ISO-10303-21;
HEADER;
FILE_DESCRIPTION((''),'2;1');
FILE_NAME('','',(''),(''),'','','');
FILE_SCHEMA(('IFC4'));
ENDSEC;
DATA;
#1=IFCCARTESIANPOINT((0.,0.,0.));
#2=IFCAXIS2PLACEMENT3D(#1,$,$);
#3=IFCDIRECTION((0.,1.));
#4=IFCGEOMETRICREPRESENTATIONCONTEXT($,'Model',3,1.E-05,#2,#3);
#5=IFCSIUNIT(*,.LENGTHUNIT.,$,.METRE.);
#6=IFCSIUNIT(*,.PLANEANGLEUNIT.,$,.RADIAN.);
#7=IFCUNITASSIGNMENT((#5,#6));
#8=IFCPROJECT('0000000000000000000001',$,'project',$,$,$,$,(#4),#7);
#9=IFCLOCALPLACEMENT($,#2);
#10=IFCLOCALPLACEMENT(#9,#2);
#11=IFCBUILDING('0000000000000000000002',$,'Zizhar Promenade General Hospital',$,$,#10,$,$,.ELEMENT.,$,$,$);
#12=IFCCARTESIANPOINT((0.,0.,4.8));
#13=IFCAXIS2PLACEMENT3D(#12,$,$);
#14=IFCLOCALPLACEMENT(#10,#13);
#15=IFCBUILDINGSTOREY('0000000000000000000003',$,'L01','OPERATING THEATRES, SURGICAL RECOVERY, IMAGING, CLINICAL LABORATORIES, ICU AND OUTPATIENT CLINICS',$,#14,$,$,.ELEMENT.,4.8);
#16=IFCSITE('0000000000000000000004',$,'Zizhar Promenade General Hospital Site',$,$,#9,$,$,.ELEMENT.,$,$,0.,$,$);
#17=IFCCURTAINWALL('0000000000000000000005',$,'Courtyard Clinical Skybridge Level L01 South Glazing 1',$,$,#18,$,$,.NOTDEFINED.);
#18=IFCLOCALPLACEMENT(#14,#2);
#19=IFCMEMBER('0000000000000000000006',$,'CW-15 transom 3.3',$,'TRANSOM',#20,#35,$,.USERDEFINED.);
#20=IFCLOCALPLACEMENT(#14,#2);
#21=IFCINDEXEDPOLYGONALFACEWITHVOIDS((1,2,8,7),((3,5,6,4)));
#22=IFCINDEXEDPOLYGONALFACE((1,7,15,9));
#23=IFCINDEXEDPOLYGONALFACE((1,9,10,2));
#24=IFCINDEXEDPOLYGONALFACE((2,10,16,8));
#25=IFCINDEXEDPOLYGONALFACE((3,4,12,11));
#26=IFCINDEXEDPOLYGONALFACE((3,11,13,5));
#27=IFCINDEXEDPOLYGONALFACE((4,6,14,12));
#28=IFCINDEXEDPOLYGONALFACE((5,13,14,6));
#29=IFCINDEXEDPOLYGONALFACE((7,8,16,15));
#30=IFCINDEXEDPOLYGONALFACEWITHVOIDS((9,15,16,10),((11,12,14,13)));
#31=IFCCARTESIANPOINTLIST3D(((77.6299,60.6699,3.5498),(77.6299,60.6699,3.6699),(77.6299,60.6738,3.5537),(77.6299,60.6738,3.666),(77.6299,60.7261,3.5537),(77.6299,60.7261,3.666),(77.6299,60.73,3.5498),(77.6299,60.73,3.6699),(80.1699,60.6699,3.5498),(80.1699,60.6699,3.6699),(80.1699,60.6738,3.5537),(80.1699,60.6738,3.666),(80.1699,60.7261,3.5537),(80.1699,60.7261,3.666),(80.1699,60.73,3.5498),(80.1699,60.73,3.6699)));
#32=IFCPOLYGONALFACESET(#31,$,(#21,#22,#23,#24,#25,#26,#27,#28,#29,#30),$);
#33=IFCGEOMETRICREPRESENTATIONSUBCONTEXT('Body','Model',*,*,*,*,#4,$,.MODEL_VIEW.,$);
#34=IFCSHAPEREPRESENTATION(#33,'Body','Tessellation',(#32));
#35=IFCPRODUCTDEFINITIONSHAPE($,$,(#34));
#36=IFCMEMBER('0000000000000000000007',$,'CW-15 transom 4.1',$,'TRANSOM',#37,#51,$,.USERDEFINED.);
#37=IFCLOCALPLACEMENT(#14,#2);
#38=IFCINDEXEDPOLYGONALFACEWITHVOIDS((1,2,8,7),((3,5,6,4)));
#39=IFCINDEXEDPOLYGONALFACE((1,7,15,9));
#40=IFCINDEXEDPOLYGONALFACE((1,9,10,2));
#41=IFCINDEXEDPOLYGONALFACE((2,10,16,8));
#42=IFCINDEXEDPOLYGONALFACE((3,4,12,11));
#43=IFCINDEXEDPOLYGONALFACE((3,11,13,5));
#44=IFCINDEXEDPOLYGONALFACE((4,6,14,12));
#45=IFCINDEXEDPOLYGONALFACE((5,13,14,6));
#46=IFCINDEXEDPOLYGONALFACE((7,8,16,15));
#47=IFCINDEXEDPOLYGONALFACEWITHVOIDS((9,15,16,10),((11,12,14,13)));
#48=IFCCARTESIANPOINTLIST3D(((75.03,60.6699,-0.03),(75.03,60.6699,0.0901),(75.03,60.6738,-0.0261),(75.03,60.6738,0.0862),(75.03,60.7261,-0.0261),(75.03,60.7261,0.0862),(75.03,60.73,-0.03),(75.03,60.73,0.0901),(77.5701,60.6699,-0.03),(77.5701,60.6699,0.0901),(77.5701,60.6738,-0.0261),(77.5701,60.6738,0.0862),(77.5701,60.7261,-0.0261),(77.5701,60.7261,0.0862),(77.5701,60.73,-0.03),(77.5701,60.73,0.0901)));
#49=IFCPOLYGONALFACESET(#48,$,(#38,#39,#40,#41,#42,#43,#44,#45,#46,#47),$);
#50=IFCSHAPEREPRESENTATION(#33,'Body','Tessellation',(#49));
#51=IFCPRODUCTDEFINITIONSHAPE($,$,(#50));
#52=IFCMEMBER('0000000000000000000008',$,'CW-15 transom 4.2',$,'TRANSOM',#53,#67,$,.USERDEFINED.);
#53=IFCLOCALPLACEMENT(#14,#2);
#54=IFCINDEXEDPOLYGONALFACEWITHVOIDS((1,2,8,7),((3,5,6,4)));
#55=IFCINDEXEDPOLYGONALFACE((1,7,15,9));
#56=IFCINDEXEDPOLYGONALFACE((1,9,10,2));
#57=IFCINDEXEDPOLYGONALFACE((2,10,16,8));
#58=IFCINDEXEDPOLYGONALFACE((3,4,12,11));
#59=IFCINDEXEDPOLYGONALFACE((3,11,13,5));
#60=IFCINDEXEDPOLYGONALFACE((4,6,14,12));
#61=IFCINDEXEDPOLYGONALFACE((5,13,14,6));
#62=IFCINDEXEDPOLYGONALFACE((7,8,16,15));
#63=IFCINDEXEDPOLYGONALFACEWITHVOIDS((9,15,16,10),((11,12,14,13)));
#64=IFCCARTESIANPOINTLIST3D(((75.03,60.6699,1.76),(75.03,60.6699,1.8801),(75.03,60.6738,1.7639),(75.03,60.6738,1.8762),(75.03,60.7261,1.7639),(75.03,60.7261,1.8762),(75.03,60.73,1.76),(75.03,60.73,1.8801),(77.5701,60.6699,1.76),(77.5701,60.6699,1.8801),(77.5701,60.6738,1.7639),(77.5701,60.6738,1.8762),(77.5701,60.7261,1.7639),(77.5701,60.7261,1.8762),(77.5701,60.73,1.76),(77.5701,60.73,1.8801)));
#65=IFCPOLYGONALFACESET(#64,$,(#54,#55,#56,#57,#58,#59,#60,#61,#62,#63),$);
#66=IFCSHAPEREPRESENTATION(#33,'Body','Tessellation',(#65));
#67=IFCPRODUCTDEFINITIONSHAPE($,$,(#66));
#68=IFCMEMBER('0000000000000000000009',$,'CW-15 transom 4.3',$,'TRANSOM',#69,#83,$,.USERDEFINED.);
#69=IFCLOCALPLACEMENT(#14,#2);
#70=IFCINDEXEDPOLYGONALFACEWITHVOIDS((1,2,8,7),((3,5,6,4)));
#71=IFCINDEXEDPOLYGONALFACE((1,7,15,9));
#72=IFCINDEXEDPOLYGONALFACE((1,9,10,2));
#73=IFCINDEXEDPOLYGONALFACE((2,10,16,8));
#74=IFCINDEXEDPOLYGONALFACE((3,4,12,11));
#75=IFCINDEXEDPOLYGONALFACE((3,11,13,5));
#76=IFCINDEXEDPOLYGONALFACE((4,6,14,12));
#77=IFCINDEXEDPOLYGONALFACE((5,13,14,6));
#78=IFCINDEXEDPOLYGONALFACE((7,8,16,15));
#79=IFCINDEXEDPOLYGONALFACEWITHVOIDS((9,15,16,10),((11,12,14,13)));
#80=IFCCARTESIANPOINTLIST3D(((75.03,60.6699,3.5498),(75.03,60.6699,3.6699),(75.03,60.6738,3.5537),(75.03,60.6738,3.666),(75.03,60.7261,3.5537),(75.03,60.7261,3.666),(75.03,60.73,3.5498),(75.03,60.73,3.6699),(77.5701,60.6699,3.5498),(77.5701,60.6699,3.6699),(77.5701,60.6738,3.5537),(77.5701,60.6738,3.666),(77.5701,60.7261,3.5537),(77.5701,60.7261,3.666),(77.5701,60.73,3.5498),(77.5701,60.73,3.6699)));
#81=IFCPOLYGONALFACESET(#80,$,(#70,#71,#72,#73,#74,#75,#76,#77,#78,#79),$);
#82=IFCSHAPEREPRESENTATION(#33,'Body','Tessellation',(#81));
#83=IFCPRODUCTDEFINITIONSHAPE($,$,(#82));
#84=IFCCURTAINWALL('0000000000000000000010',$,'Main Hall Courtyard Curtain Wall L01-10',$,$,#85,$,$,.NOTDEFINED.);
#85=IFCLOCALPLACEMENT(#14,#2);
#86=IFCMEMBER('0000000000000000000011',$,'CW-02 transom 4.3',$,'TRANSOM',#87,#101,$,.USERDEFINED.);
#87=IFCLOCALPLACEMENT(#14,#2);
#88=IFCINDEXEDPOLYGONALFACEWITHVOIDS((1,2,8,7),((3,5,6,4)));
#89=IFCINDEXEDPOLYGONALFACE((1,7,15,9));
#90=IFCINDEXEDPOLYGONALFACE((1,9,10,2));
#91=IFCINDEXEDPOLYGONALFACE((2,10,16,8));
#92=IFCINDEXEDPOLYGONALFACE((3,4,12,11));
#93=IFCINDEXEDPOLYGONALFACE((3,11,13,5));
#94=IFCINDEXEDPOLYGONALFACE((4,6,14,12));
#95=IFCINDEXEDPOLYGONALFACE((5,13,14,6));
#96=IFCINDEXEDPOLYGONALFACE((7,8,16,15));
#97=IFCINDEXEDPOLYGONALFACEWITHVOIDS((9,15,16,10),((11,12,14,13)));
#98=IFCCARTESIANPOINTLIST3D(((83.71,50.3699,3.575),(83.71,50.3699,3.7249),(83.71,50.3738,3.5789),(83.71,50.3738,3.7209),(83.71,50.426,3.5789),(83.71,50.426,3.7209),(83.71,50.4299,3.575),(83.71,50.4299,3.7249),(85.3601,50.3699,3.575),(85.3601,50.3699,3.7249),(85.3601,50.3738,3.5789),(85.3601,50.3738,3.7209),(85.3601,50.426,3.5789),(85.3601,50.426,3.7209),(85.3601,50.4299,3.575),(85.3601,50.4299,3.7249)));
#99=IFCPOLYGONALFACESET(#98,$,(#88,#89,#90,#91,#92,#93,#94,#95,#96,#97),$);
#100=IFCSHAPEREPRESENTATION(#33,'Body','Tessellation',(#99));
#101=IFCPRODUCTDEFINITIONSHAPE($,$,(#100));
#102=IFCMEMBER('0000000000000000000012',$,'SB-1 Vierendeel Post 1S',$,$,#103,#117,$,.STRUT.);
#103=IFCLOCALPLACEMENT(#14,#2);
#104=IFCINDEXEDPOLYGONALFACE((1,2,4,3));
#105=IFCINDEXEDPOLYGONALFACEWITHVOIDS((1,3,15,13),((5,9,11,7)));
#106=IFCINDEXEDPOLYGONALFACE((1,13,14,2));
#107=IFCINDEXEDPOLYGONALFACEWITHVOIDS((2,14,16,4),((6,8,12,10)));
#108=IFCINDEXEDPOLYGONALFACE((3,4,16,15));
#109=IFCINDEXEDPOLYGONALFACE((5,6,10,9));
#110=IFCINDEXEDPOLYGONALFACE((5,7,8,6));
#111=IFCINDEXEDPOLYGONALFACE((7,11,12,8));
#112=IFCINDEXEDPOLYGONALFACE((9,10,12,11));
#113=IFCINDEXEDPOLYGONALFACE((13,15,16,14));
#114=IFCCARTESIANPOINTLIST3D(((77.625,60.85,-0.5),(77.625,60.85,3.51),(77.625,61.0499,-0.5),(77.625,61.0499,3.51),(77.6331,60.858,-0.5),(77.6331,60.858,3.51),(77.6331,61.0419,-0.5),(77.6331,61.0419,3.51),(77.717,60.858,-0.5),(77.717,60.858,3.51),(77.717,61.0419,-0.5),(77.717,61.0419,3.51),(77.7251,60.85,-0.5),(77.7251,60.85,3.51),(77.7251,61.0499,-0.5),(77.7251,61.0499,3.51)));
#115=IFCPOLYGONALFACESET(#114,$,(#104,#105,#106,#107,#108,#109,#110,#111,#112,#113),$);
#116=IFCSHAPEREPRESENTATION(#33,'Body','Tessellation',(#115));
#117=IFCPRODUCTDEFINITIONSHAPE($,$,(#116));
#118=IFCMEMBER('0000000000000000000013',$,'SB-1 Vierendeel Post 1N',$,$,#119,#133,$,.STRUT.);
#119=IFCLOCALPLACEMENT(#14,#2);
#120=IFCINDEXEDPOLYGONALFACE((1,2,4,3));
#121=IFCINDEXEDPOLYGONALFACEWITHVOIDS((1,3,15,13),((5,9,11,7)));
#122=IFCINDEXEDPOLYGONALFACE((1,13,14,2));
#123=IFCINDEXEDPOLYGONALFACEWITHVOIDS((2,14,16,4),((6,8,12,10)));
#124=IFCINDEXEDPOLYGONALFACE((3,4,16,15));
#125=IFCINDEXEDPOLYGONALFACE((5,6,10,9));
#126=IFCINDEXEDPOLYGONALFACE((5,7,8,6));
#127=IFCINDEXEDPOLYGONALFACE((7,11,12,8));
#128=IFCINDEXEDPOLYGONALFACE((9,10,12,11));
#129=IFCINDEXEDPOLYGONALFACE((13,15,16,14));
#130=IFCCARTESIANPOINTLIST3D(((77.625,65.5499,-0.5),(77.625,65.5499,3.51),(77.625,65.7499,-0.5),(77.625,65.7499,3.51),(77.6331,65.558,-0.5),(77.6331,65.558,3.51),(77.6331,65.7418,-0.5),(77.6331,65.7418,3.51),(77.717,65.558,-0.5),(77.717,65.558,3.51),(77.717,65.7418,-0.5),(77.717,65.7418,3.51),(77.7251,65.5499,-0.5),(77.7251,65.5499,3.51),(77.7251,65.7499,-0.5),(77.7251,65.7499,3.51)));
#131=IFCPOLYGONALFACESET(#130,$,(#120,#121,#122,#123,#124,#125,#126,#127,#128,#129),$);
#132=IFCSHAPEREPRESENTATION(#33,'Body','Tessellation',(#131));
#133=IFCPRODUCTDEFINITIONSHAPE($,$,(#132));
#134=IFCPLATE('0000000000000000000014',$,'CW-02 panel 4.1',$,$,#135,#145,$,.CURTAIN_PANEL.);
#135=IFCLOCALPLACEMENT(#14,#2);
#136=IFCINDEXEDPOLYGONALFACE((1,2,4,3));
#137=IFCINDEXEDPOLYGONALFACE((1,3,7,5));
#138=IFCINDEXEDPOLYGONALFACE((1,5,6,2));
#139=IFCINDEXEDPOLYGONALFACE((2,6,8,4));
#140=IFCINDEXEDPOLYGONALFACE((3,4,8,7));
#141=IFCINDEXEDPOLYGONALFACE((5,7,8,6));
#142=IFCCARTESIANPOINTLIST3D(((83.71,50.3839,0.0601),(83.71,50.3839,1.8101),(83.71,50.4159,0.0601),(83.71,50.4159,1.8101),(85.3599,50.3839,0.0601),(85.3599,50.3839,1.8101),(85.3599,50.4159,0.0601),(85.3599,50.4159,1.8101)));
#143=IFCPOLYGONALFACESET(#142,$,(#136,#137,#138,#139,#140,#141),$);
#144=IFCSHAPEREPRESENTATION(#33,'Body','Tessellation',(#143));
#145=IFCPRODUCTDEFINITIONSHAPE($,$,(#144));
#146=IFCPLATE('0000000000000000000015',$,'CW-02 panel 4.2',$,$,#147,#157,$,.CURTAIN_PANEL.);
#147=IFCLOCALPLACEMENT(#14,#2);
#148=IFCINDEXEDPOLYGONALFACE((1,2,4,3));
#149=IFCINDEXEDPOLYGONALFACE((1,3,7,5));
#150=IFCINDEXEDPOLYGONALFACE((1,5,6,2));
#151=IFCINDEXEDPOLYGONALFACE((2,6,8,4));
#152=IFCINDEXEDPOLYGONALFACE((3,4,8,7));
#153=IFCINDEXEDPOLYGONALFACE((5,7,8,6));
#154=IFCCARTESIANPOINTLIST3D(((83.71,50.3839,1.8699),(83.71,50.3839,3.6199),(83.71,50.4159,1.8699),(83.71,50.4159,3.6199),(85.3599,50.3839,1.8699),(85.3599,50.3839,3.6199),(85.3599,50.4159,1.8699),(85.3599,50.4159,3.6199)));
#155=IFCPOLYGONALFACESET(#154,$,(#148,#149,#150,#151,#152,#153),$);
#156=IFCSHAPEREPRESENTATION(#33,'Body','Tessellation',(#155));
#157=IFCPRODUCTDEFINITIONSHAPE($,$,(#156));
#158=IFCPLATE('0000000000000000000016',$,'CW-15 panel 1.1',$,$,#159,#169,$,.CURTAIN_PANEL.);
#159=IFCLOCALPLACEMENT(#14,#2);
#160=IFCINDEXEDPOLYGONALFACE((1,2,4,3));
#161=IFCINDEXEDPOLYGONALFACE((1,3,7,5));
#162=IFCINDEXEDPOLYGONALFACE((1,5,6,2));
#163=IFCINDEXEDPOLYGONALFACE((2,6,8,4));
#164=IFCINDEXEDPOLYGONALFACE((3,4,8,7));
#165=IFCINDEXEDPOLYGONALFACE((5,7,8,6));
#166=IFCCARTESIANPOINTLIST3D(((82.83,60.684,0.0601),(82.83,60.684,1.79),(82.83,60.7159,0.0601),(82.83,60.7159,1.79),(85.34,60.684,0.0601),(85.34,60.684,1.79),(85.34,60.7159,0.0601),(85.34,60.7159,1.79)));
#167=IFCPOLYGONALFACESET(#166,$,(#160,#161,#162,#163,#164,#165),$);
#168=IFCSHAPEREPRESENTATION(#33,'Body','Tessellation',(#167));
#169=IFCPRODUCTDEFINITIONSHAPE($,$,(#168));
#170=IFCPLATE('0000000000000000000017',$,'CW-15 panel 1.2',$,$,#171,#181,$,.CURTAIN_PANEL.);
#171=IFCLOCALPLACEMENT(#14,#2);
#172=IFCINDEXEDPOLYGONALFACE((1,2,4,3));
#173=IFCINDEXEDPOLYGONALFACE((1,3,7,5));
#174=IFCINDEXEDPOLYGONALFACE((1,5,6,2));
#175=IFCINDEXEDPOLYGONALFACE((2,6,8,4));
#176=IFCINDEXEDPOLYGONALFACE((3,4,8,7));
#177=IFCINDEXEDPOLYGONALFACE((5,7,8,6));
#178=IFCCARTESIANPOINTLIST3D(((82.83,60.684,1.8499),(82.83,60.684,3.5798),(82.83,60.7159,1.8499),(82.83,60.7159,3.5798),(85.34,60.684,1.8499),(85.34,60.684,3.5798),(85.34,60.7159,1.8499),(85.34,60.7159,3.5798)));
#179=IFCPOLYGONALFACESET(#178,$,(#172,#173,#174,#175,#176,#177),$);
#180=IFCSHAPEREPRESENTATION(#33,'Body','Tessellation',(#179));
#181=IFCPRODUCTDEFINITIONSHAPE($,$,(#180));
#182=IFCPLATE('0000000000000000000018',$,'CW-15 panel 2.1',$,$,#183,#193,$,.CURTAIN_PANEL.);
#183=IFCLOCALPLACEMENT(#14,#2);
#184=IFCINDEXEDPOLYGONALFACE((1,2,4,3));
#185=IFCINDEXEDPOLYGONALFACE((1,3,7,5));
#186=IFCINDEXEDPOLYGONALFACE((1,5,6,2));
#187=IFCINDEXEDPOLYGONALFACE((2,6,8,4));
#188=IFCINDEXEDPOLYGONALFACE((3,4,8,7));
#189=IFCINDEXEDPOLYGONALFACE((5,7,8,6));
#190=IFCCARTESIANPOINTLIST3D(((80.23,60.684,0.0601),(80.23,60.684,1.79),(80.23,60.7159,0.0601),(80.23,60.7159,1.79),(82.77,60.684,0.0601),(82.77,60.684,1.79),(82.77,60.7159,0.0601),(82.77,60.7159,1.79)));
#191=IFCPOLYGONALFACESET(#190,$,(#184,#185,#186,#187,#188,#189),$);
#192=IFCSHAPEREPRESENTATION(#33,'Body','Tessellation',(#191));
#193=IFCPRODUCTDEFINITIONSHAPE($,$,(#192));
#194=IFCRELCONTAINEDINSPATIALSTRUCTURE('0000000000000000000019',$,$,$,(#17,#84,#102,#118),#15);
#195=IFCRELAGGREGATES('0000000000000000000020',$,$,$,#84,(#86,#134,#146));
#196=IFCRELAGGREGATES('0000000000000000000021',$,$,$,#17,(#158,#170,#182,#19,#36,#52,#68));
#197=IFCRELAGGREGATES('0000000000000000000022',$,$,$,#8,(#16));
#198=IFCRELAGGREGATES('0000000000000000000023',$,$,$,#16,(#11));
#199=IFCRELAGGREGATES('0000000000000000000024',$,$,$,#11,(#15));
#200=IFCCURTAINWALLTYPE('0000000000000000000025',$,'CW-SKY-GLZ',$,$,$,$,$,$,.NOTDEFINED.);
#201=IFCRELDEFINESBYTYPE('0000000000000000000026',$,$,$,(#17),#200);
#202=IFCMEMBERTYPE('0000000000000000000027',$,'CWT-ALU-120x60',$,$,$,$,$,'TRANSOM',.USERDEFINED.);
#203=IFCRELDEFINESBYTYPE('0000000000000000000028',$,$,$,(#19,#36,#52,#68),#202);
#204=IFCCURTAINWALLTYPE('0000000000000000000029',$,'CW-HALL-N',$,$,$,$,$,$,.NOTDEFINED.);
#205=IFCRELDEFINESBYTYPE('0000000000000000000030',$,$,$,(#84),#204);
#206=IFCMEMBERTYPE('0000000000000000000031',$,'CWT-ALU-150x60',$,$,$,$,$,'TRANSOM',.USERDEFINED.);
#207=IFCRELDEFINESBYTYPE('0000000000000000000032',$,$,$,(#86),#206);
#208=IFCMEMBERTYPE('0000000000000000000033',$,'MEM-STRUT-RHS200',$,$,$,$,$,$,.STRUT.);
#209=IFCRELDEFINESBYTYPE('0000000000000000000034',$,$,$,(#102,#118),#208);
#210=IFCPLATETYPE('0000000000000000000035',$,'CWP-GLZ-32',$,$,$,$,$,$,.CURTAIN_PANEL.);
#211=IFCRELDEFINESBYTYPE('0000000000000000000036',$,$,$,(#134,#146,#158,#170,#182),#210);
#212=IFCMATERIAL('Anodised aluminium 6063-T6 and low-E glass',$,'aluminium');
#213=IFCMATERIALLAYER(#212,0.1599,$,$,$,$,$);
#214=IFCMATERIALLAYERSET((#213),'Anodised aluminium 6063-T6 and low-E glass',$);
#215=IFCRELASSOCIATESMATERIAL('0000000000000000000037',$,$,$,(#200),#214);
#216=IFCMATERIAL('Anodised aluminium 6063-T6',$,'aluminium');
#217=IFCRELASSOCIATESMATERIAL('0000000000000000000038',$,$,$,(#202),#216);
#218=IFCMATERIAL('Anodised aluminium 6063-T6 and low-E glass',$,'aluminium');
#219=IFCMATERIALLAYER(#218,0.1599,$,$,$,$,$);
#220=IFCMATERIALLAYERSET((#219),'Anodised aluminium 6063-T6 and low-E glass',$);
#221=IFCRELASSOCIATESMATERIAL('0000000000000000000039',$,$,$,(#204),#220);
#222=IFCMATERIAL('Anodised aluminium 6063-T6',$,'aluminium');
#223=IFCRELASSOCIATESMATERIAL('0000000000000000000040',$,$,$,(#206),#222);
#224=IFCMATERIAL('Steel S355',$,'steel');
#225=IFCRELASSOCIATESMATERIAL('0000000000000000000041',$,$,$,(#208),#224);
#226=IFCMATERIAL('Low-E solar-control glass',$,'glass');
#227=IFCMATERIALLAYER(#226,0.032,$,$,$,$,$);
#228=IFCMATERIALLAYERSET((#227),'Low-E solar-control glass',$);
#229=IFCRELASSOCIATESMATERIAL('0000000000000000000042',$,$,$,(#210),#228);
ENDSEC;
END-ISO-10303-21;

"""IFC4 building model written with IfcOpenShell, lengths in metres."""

from ifc_helpers import new_model, si_unit, direction, frame, origin, origin_2d, place, context, subcontext, project, spatial, rectangle, hollow_rectangle, extrude, material, layer, layer_set, material_profile, profile_set, type_object, element, aggregate, save


model = new_model("IFC4")

# Units and contexts
model_context = context("Model", 3, precision=1e-05, world=origin(), true_north=direction((0.0, 1.0)))
body_context = subcontext(model_context, "Body", "Model", "MODEL_VIEW")
ifc_project = project(units=[si_unit("LENGTHUNIT", "METRE"), si_unit("PLANEANGLEUNIT", "RADIAN")], contexts=[model_context])

# Site, building, storey
site_placement = place(None, origin())
site = spatial("IfcSite", under=ifc_project, at=site_placement, Name="Zizhar Promenade General Hospital Site", CompositionType="ELEMENT", RefElevation=0.0)
building_placement = place(site_placement, origin())
building = spatial("IfcBuilding", under=site, at=building_placement, Name="Zizhar Promenade General Hospital", CompositionType="ELEMENT")
storey_placement = place(building_placement, frame((0.0, 0.0, 4.8)))
storey = spatial("IfcBuildingStorey", under=building, at=storey_placement, Name="L01", Description="OPERATING THEATRES, SURGICAL RECOVERY, IMAGING, CLINICAL LABORATORIES, ICU AND OUTPATIENT CLINICS", CompositionType="ELEMENT", Elevation=4.8)

# Curtain wall, members
ifc_material_1 = material(Name="Anodised aluminium 6063-T6 and low-E glass", Category="aluminium")
ifc_layer_1 = layer(ifc_material_1, 0.1599)
ifc_layer_set_1 = layer_set([ifc_layer_1], Name="Anodised aluminium 6063-T6 and low-E glass")
curtain_wall_type_1 = type_object("IfcCurtainWallType", Name="CW-SKY-GLZ", PredefinedType="NOTDEFINED", material=ifc_layer_set_1)
curtain_wall_1_placement = place(storey_placement, origin())
curtain_wall_1 = element("IfcCurtainWall", 1, at=curtain_wall_1_placement, inside=storey, type_object=curtain_wall_type_1, Name="Courtyard Clinical Skybridge Level L01 South Glazing 1", PredefinedType="NOTDEFINED")
ifc_material_2 = material(Name="Anodised aluminium 6063-T6", Category="aluminium")
ifc_material_profile_1 = material_profile(ifc_material_2, hollow_rectangle(XDim=0.0601, YDim=0.1201, WallThickness=0.0039, at=origin_2d()))
ifc_profile_set_1 = profile_set([ifc_material_profile_1], Name="Anodised aluminium 6063-T6")
member_type_1 = type_object("IfcMemberType", Name="CWT-ALU-120x60", ElementType="TRANSOM", PredefinedType="USERDEFINED", material=ifc_profile_set_1)
member_1_placement = place(storey_placement, frame((80.1699, 60.7, 3.6099), z_axis=(-1.0, 0.0, 0.0), x_axis=(0.0, -1.0, 0.0)))
member_1 = element("IfcMember", 2, at=member_1_placement, type_object=member_type_1, Name="CW-15 transom 3.3", ObjectType="TRANSOM", PredefinedType="USERDEFINED", context=body_context, shape_type="SweptSolid", body=[
    extrude(hollow_rectangle(XDim=0.0601, YDim=0.1201, WallThickness=0.0039, at=origin_2d()), origin(), (0.0, 0.0, 1.0), 2.54),
])
member_2_placement = place(storey_placement, frame((77.5701, 60.7, 0.03), z_axis=(-1.0, 0.0, 0.0), x_axis=(0.0, -1.0, 0.0)))
member_2 = element("IfcMember", 3, at=member_2_placement, type_object=member_type_1, Name="CW-15 transom 4.1", ObjectType="TRANSOM", PredefinedType="USERDEFINED", context=body_context, shape_type="SweptSolid", body=[
    extrude(hollow_rectangle(XDim=0.0601, YDim=0.1201, WallThickness=0.0039, at=origin_2d()), origin(), (0.0, 0.0, 1.0), 2.54),
])
member_3_placement = place(storey_placement, frame((77.5701, 60.7, 1.8201), z_axis=(-1.0, 0.0, 0.0), x_axis=(0.0, -1.0, 0.0)))
member_3 = element("IfcMember", 4, at=member_3_placement, type_object=member_type_1, Name="CW-15 transom 4.2", ObjectType="TRANSOM", PredefinedType="USERDEFINED", context=body_context, shape_type="SweptSolid", body=[
    extrude(hollow_rectangle(XDim=0.0601, YDim=0.1201, WallThickness=0.0039, at=origin_2d()), origin(), (0.0, 0.0, 1.0), 2.54),
])
member_4_placement = place(storey_placement, frame((77.5701, 60.7, 3.6099), z_axis=(-1.0, 0.0, 0.0), x_axis=(0.0, -1.0, 0.0)))
member_4 = element("IfcMember", 5, at=member_4_placement, type_object=member_type_1, Name="CW-15 transom 4.3", ObjectType="TRANSOM", PredefinedType="USERDEFINED", context=body_context, shape_type="SweptSolid", body=[
    extrude(hollow_rectangle(XDim=0.0601, YDim=0.1201, WallThickness=0.0039, at=origin_2d()), origin(), (0.0, 0.0, 1.0), 2.54),
])

# Curtain wall, member
ifc_material_3 = material(Name="Anodised aluminium 6063-T6 and low-E glass", Category="aluminium")
ifc_layer_2 = layer(ifc_material_3, 0.1599)
ifc_layer_set_2 = layer_set([ifc_layer_2], Name="Anodised aluminium 6063-T6 and low-E glass")
curtain_wall_type_2 = type_object("IfcCurtainWallType", Name="CW-HALL-N", PredefinedType="NOTDEFINED", material=ifc_layer_set_2)
curtain_wall_2_placement = place(storey_placement, origin())
curtain_wall_2 = element("IfcCurtainWall", 6, at=curtain_wall_2_placement, inside=storey, type_object=curtain_wall_type_2, Name="Main Hall Courtyard Curtain Wall L01-10", PredefinedType="NOTDEFINED")
ifc_material_4 = material(Name="Anodised aluminium 6063-T6", Category="aluminium")
ifc_material_profile_2 = material_profile(ifc_material_4, hollow_rectangle(XDim=0.0601, YDim=0.1499, WallThickness=0.0039, at=origin_2d()))
ifc_profile_set_2 = profile_set([ifc_material_profile_2], Name="Anodised aluminium 6063-T6")
member_type_2 = type_object("IfcMemberType", Name="CWT-ALU-150x60", ElementType="TRANSOM", PredefinedType="USERDEFINED", material=ifc_profile_set_2)
member_5_placement = place(storey_placement, frame((83.71, 50.3999, 3.6499), z_axis=(1.0, 0.0, 0.0), x_axis=(0.0, 1.0, 0.0)))
member_5 = element("IfcMember", 7, at=member_5_placement, type_object=member_type_2, Name="CW-02 transom 4.3", ObjectType="TRANSOM", PredefinedType="USERDEFINED", context=body_context, shape_type="SweptSolid", body=[
    extrude(hollow_rectangle(XDim=0.0601, YDim=0.1499, WallThickness=0.0039, at=origin_2d()), origin(), (0.0, 0.0, 1.0), 1.6501),
])

# Members
ifc_material_5 = material(Name="Steel S355", Category="steel")
ifc_material_profile_3 = material_profile(ifc_material_5, hollow_rectangle(XDim=0.1001, YDim=0.2, WallThickness=0.0081, at=origin_2d()))
ifc_profile_set_3 = profile_set([ifc_material_profile_3], Name="Steel S355")
member_type_3 = type_object("IfcMemberType", Name="MEM-STRUT-RHS200", PredefinedType="STRUT", material=ifc_profile_set_3)
for number, where, z_axis, x_axis, name in (
    (8, (77.675, 60.95, -0.5), (0.0, 0.0, 1.0), (1.0, 0.0, 0.0), "SB-1 Vierendeel Post 1S"),
    (9, (77.675, 65.6499, -0.5), (0.0, 0.0, 1.0), (1.0, 0.0, 0.0), "SB-1 Vierendeel Post 1N"),
):
    element("IfcMember", number, at=place(storey_placement, frame(where, z_axis=z_axis, x_axis=x_axis)), inside=storey, type_object=member_type_3, Name=name, PredefinedType="STRUT", context=body_context, shape_type="SweptSolid", body=[
        extrude(hollow_rectangle(XDim=0.1001, YDim=0.2, WallThickness=0.0081, at=origin_2d()), origin(), (0.0, 0.0, 1.0), 4.01),
    ])

# Plates
ifc_material_6 = material(Name="Low-E solar-control glass", Category="glass")
ifc_layer_3 = layer(ifc_material_6, 0.032)
ifc_layer_set_3 = layer_set([ifc_layer_3], Name="Low-E solar-control glass")
plate_type = type_object("IfcPlateType", Name="CWP-GLZ-32", PredefinedType="CURTAIN_PANEL", material=ifc_layer_set_3)
plate_1_placement = place(storey_placement, frame((84.5349, 50.3999, 0.0601), z_axis=(0.0, 0.0, 1.0), x_axis=(1.0, 0.0, 0.0)))
plate_1 = element("IfcPlate", 10, at=plate_1_placement, type_object=plate_type, Name="CW-02 panel 4.1", PredefinedType="CURTAIN_PANEL", context=body_context, shape_type="SweptSolid", body=[
    extrude(rectangle(XDim=1.6499, YDim=0.032, at=origin_2d()), origin(), (0.0, 0.0, 1.0), 1.75),
])
plate_2_placement = place(storey_placement, frame((84.5349, 50.3999, 1.8699), z_axis=(0.0, 0.0, 1.0), x_axis=(1.0, 0.0, 0.0)))
plate_2 = element("IfcPlate", 11, at=plate_2_placement, type_object=plate_type, Name="CW-02 panel 4.2", PredefinedType="CURTAIN_PANEL", context=body_context, shape_type="SweptSolid", body=[
    extrude(rectangle(XDim=1.6499, YDim=0.032, at=origin_2d()), origin(), (0.0, 0.0, 1.0), 1.75),
])
aggregate(curtain_wall_2, [member_5, plate_1, plate_2])
plate_3_placement = place(storey_placement, frame((84.085, 60.7, 0.0601), z_axis=(0.0, 0.0, 1.0), x_axis=(-1.0, 0.0, 0.0)))
plate_3 = element("IfcPlate", 12, at=plate_3_placement, type_object=plate_type, Name="CW-15 panel 1.1", PredefinedType="CURTAIN_PANEL", context=body_context, shape_type="SweptSolid", body=[
    extrude(rectangle(XDim=2.51, YDim=0.032, at=origin_2d()), origin(), (0.0, 0.0, 1.0), 1.73),
])
plate_4_placement = place(storey_placement, frame((84.085, 60.7, 1.8499), z_axis=(0.0, 0.0, 1.0), x_axis=(-1.0, 0.0, 0.0)))
plate_4 = element("IfcPlate", 13, at=plate_4_placement, type_object=plate_type, Name="CW-15 panel 1.2", PredefinedType="CURTAIN_PANEL", context=body_context, shape_type="SweptSolid", body=[
    extrude(rectangle(XDim=2.51, YDim=0.032, at=origin_2d()), origin(), (0.0, 0.0, 1.0), 1.73),
])
plate_5_placement = place(storey_placement, frame((81.5, 60.7, 0.0601), z_axis=(0.0, 0.0, 1.0), x_axis=(-1.0, 0.0, 0.0)))
plate_5 = element("IfcPlate", 14, at=plate_5_placement, type_object=plate_type, Name="CW-15 panel 2.1", PredefinedType="CURTAIN_PANEL", context=body_context, shape_type="SweptSolid", body=[
    extrude(rectangle(XDim=2.54, YDim=0.032, at=origin_2d()), origin(), (0.0, 0.0, 1.0), 1.73),
])
aggregate(curtain_wall_1, [plate_3, plate_4, plate_5, member_1, member_2, member_3, member_4])

save(model, "model.ifc")
